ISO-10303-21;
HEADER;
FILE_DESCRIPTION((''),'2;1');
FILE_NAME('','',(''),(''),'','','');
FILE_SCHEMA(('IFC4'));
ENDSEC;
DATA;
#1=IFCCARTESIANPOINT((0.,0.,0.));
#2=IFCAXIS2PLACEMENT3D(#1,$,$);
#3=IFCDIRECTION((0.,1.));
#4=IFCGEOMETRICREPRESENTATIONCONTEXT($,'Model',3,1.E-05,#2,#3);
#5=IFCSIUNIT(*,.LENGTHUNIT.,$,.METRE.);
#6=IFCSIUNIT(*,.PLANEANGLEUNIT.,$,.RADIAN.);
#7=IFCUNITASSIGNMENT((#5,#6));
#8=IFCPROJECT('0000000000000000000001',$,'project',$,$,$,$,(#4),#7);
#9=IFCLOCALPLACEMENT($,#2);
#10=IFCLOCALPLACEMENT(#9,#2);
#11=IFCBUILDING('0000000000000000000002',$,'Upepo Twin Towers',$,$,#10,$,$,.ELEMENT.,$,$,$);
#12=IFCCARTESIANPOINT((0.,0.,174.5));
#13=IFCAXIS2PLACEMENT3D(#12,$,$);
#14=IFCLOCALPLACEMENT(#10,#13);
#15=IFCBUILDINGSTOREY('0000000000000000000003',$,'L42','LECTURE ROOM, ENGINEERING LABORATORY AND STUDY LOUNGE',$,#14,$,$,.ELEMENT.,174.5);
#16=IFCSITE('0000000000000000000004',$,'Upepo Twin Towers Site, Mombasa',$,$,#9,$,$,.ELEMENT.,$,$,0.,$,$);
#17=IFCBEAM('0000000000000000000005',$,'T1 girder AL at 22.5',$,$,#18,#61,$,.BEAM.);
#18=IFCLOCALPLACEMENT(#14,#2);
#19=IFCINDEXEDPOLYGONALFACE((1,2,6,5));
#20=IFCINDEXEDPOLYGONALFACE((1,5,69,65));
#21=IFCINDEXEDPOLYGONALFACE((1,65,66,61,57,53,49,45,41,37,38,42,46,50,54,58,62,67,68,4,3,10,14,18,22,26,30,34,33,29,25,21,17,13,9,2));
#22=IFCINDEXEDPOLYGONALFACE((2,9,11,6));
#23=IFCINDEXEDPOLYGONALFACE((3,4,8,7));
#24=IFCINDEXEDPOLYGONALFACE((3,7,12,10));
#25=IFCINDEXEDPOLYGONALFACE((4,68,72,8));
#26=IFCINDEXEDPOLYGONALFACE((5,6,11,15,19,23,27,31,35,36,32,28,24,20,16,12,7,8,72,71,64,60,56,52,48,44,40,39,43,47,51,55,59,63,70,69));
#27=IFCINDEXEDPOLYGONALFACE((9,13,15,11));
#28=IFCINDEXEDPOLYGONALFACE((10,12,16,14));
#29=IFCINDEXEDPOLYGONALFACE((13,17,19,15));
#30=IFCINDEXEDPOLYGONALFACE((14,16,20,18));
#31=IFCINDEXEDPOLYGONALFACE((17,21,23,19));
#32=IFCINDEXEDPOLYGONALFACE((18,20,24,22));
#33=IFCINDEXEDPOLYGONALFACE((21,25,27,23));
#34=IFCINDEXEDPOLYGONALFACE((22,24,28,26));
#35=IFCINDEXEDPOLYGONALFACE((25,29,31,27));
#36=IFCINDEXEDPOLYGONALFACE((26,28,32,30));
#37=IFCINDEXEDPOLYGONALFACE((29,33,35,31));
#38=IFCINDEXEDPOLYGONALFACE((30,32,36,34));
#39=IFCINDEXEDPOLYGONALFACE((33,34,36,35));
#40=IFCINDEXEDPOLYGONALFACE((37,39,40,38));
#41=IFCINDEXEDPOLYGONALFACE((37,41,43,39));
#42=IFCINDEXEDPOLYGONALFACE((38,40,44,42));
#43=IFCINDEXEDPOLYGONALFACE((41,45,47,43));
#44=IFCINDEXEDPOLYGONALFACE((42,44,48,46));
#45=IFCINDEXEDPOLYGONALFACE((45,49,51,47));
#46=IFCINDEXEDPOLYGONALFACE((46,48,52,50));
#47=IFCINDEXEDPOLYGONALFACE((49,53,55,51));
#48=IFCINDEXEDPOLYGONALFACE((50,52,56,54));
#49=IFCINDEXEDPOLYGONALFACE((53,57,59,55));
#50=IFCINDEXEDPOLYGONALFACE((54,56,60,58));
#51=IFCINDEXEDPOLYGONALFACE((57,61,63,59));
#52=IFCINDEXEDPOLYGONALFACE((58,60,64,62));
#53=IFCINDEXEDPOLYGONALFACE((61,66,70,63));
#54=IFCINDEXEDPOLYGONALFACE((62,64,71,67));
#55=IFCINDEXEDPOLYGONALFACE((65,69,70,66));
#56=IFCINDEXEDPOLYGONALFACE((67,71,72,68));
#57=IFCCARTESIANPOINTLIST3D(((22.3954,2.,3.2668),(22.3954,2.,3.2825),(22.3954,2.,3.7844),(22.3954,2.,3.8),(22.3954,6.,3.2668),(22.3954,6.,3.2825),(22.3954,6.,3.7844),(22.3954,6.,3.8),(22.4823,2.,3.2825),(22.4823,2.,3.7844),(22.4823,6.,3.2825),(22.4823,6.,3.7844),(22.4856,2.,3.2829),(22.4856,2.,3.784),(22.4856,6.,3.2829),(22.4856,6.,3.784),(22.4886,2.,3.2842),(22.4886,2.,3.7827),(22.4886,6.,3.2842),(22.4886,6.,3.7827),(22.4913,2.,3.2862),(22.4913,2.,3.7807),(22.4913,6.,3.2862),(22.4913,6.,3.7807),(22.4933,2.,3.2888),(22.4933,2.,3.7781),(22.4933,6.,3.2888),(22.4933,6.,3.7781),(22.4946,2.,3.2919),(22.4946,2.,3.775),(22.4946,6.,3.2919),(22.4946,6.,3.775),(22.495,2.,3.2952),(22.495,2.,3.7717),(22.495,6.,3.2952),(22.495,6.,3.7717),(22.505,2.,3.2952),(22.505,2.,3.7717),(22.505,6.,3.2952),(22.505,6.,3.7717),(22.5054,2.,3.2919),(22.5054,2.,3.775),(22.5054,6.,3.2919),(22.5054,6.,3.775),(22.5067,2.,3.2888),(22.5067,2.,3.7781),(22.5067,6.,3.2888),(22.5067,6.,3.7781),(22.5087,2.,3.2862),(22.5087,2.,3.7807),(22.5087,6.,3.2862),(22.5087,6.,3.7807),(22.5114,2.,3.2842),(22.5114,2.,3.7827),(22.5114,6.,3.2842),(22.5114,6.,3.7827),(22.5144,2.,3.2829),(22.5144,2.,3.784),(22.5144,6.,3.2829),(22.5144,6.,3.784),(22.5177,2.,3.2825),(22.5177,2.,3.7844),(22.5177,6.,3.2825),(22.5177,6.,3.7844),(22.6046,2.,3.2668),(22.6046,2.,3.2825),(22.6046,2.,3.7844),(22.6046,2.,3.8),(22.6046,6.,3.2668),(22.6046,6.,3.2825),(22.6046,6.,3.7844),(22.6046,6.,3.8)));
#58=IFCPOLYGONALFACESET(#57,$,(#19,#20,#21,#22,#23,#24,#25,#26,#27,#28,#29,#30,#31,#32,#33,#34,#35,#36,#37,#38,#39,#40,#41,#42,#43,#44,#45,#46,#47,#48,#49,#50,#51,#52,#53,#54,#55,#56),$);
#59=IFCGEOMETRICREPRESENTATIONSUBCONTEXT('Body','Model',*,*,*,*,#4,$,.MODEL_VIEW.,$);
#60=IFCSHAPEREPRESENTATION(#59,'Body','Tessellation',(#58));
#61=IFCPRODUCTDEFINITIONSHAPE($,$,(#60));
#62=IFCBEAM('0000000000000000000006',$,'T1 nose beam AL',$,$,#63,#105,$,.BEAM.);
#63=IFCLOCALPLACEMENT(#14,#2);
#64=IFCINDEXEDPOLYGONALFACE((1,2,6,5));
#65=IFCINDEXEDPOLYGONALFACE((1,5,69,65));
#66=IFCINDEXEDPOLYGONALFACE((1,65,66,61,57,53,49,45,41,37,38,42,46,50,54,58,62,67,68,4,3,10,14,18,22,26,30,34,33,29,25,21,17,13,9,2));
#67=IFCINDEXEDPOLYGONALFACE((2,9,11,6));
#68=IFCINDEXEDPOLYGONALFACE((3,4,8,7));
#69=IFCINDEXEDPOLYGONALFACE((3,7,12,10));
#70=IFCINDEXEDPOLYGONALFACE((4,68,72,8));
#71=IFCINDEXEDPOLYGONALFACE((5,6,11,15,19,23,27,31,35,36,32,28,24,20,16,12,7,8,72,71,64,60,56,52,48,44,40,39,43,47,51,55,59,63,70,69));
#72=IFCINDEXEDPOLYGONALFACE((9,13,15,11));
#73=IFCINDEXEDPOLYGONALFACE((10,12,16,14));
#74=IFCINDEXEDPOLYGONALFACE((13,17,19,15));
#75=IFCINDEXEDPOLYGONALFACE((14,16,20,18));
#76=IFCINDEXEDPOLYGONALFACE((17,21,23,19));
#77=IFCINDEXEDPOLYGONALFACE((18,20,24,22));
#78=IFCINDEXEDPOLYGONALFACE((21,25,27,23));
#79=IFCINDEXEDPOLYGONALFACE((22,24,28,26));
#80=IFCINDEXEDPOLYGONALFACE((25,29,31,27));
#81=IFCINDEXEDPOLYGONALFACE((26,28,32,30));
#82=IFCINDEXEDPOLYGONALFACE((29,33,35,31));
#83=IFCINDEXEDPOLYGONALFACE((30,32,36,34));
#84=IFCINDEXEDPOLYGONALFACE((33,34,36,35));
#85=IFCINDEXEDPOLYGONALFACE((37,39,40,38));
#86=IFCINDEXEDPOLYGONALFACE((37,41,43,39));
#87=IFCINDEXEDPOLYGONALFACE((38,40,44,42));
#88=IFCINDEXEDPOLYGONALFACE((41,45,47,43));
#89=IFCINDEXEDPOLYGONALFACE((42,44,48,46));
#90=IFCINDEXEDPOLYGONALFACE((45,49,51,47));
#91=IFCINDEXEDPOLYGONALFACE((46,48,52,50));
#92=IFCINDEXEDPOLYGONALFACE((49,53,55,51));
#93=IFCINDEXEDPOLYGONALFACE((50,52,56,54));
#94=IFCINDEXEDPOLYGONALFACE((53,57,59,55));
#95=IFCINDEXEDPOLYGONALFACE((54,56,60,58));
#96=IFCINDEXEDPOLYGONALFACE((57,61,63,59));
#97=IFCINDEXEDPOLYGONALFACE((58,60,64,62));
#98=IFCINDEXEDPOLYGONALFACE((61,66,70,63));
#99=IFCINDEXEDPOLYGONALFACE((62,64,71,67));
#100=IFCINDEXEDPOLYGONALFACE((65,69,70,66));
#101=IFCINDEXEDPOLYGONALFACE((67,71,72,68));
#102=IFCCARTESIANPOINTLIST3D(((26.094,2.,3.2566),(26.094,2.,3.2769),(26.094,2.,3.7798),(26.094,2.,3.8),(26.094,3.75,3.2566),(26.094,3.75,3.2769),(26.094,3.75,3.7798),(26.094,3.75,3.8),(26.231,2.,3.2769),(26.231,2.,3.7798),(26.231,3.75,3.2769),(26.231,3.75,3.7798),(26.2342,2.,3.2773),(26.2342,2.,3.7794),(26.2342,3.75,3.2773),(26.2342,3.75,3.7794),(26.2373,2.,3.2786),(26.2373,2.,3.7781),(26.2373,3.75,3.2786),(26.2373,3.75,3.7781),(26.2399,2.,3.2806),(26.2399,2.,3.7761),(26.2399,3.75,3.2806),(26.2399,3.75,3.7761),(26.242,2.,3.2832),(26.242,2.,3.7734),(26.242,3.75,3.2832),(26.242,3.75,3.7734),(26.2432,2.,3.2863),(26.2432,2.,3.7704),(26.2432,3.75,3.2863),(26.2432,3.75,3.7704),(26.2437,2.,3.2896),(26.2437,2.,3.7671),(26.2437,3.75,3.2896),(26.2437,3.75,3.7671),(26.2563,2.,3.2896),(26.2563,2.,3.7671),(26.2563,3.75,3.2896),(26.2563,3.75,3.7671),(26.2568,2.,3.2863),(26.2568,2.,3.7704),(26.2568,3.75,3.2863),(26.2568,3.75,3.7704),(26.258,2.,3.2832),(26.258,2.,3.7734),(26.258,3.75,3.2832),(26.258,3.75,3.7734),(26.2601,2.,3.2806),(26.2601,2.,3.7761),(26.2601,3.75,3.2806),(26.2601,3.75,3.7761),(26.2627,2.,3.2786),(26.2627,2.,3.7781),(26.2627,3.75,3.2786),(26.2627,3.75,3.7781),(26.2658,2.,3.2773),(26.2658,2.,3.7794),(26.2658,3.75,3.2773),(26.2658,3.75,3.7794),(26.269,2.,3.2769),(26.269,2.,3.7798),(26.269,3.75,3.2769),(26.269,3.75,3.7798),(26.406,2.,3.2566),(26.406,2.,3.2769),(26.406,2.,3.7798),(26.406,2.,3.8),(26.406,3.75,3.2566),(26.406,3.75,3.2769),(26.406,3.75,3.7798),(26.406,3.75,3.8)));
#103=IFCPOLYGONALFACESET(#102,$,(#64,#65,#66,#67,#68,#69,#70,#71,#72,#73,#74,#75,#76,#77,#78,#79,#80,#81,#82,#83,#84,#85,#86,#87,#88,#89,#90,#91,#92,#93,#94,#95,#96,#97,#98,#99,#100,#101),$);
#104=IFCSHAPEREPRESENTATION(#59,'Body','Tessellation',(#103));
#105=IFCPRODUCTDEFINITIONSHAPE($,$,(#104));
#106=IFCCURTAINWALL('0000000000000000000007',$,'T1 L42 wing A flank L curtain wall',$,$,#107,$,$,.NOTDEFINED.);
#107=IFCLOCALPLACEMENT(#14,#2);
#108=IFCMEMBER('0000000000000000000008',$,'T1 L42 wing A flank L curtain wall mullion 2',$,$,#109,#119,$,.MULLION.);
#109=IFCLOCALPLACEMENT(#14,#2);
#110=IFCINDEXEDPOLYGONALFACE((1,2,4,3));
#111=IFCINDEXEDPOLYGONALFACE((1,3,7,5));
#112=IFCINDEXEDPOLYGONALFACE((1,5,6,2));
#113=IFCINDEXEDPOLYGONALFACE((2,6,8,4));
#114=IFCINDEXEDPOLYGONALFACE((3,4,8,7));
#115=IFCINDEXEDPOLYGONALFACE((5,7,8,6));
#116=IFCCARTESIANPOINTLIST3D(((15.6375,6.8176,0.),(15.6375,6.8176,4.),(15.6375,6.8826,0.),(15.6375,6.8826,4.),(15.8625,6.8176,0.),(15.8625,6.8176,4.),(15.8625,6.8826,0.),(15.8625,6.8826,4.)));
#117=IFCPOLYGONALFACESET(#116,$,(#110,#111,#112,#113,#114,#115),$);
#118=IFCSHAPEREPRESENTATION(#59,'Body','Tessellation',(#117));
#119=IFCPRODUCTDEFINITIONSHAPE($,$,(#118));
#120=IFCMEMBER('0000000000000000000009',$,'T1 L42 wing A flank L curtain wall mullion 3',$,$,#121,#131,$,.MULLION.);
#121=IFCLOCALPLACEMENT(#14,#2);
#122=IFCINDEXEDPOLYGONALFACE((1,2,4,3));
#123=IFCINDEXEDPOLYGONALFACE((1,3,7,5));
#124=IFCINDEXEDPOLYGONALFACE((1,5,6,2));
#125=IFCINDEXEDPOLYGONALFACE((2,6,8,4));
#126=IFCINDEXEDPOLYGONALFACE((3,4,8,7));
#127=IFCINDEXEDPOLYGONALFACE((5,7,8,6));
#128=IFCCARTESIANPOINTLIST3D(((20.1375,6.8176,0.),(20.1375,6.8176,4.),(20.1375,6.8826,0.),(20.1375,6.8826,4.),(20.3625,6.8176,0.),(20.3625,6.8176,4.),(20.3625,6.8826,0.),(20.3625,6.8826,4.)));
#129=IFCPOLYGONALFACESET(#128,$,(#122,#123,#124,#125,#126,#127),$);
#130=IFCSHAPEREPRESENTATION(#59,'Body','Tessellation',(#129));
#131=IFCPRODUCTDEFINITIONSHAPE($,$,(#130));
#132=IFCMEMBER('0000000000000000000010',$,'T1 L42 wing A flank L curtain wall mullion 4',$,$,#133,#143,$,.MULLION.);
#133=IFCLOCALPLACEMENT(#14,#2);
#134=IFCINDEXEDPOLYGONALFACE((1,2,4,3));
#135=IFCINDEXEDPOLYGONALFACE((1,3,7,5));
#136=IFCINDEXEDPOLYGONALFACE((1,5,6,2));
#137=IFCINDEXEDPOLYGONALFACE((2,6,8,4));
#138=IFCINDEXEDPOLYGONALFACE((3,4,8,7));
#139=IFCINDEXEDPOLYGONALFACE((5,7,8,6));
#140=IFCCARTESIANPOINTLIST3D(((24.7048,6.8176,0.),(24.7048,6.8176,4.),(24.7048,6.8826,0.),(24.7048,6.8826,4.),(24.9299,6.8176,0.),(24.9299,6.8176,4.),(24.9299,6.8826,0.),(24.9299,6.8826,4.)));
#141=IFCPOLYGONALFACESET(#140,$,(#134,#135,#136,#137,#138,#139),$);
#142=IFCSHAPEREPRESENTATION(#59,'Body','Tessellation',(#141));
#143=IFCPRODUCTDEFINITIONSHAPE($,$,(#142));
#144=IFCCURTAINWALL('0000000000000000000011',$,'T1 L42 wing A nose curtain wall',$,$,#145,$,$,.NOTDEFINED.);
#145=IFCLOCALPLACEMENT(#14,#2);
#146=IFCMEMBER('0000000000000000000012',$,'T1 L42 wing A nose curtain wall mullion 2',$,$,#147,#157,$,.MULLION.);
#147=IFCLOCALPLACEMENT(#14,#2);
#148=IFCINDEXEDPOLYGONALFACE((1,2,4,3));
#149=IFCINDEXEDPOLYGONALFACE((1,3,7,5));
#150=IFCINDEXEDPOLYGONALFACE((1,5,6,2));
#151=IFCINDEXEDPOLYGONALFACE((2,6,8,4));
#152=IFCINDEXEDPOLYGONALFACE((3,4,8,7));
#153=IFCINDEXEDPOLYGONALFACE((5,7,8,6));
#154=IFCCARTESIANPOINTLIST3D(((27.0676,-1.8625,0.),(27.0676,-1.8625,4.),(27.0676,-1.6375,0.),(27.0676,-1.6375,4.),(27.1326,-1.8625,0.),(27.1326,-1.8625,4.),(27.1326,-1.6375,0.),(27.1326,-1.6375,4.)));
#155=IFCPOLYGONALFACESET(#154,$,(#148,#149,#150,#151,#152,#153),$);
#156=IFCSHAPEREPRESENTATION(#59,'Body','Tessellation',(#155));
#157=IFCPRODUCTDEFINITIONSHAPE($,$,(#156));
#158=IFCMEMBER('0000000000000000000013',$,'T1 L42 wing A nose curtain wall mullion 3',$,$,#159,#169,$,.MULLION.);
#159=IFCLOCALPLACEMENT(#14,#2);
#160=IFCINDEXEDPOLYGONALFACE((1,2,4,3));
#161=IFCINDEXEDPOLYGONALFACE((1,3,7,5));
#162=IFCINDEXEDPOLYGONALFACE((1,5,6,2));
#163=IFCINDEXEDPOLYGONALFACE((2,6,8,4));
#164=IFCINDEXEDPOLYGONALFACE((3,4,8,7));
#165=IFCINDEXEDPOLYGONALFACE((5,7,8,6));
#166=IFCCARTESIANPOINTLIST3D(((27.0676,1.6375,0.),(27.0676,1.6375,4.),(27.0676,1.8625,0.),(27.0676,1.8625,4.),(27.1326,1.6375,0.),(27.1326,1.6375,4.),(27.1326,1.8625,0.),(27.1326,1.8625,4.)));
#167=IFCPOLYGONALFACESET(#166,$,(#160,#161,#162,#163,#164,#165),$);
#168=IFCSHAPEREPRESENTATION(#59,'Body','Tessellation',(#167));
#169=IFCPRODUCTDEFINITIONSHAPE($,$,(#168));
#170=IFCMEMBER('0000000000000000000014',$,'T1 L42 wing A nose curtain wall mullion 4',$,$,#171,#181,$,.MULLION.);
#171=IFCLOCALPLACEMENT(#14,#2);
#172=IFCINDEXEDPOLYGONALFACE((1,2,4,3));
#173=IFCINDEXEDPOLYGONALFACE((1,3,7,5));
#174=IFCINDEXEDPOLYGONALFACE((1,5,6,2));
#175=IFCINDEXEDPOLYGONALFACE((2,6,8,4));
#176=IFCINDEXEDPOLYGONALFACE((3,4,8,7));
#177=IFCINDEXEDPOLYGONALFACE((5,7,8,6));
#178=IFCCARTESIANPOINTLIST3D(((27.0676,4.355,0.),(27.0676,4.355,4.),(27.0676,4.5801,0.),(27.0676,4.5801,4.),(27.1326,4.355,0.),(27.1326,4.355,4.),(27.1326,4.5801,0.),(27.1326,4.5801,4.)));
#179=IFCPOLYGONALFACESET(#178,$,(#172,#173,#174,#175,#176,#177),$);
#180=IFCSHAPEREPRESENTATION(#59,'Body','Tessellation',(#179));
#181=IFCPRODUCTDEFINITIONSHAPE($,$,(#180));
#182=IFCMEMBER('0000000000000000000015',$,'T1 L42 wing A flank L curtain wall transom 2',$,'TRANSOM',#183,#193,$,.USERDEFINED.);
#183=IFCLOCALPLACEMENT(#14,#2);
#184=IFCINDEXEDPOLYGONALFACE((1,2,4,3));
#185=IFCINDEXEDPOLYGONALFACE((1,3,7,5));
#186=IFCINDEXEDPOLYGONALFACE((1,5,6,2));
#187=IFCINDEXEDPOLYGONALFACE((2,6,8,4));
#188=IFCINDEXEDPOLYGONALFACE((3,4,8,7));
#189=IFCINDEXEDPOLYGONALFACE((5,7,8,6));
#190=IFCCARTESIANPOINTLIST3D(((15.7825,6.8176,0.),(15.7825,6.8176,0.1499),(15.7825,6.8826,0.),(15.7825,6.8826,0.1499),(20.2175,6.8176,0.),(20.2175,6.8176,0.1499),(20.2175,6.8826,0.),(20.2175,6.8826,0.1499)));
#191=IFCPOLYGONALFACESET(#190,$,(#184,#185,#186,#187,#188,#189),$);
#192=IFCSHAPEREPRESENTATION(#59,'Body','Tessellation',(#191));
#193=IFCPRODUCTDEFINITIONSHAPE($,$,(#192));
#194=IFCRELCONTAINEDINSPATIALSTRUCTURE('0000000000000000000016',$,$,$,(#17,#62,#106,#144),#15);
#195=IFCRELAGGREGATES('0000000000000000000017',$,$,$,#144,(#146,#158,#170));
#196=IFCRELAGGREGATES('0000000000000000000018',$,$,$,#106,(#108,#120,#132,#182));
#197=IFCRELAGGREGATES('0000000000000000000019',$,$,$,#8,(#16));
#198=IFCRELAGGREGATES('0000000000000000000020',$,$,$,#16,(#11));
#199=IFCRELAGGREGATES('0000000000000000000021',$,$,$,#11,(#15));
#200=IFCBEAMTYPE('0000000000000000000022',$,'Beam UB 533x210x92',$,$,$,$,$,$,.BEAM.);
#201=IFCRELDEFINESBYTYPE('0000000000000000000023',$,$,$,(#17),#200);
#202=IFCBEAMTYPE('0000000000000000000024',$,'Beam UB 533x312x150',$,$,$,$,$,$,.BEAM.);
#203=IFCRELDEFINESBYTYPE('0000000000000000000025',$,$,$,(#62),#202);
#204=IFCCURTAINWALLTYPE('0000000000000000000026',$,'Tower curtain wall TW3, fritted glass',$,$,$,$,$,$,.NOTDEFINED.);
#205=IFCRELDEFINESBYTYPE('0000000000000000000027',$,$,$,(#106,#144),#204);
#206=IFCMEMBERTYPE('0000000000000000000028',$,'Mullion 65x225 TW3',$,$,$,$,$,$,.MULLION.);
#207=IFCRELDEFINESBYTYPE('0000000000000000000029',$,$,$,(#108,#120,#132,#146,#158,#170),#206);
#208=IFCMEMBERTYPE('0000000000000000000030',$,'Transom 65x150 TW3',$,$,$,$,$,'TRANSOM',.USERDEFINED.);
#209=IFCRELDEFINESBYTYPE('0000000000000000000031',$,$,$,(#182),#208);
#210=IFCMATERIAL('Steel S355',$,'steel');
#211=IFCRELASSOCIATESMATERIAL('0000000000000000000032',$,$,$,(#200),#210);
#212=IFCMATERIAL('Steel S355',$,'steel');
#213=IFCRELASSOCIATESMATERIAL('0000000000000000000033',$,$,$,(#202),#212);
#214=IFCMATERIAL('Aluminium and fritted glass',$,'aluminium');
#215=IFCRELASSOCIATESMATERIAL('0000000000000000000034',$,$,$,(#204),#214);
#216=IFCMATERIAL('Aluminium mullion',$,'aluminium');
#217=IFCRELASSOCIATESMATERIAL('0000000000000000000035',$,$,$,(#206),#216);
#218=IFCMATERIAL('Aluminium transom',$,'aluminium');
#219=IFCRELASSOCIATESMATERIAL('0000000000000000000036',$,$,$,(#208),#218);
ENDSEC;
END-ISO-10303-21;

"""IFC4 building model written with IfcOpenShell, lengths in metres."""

from ifc_helpers import new_model, si_unit, direction, frame, origin, origin_2d, place, context, subcontext, project, spatial, rectangle, i_section, extrude, material, material_profile, profile_set, type_object, element, aggregate, save


model = new_model("IFC4")

# Units and contexts
model_context = context("Model", 3, precision=1e-05, world=origin(), true_north=direction((0.0, 1.0)))
body_context = subcontext(model_context, "Body", "Model", "MODEL_VIEW")
ifc_project = project(units=[si_unit("LENGTHUNIT", "METRE"), si_unit("PLANEANGLEUNIT", "RADIAN")], contexts=[model_context])

# Site, building, storey
site_placement = place(None, origin())
site = spatial("IfcSite", under=ifc_project, at=site_placement, Name="Upepo Twin Towers Site, Mombasa", CompositionType="ELEMENT", RefElevation=0.0)
building_placement = place(site_placement, origin())
building = spatial("IfcBuilding", under=site, at=building_placement, Name="Upepo Twin Towers", CompositionType="ELEMENT")
storey_placement = place(building_placement, frame((0.0, 0.0, 174.5)))
storey = spatial("IfcBuildingStorey", under=building, at=storey_placement, Name="L42", Description="LECTURE ROOM, ENGINEERING LABORATORY AND STUDY LOUNGE", CompositionType="ELEMENT", Elevation=174.5)

# Beams
ifc_material_1 = material(Name="Steel S355", Category="steel")
ifc_material_profile_1 = material_profile(ifc_material_1, i_section(OverallWidth=0.2092, OverallDepth=0.5332, WebThickness=0.01, FlangeThickness=0.0156, FilletRadius=0.0127, at=origin_2d()), Name="UB 533x210x92")
ifc_profile_set_1 = profile_set([ifc_material_profile_1], Name="Steel S355")
beam_type_1 = type_object("IfcBeamType", Name="Beam UB 533x210x92", PredefinedType="BEAM", material=ifc_profile_set_1)
for number, where, z_axis, x_axis, name in (
    (1, (22.5, 6.0, 3.5334), (0.0, -1.0, 0.0), (1.0, 0.0, 0.0), "T1 girder AL at 22.5"),
):
    element("IfcBeam", number, at=place(storey_placement, frame(where, z_axis=z_axis, x_axis=x_axis)), inside=storey, type_object=beam_type_1, Name=name, PredefinedType="BEAM", context=body_context, shape_type="SweptSolid", body=[
        extrude(i_section(OverallWidth=0.2092, OverallDepth=0.5332, WebThickness=0.01, FlangeThickness=0.0156, FilletRadius=0.0127, at=origin_2d()), origin(), (0.0, 0.0, 1.0), 4.0),
    ])
ifc_material_2 = material(Name="Steel S355", Category="steel")
ifc_material_profile_2 = material_profile(ifc_material_2, i_section(OverallWidth=0.312, OverallDepth=0.5435, WebThickness=0.0127, FlangeThickness=0.0203, FilletRadius=0.0127, at=origin_2d()), Name="UB 533x312x150")
ifc_profile_set_2 = profile_set([ifc_material_profile_2], Name="Steel S355")
beam_type_2 = type_object("IfcBeamType", Name="Beam UB 533x312x150", PredefinedType="BEAM", material=ifc_profile_set_2)
beam_1_placement = place(storey_placement, frame((26.25, 3.75, 3.5283), z_axis=(0.0, -1.0, 0.0), x_axis=(1.0, 0.0, 0.0)))
element("IfcBeam", 2, at=beam_1_placement, inside=storey, type_object=beam_type_2, Name="T1 nose beam AL", PredefinedType="BEAM", context=body_context, shape_type="SweptSolid", body=[
    extrude(i_section(OverallWidth=0.312, OverallDepth=0.5435, WebThickness=0.0127, FlangeThickness=0.0203, FilletRadius=0.0127, at=origin_2d()), origin(), (0.0, 0.0, 1.0), 1.75),
])

# Curtain walls, members
ifc_material_3 = material(Name="Aluminium and fritted glass", Category="aluminium")
curtain_wall_type = type_object("IfcCurtainWallType", Name="Tower curtain wall TW3, fritted glass", PredefinedType="NOTDEFINED", material=ifc_material_3)
curtain_wall_1_placement = place(storey_placement, origin())
curtain_wall_1 = element("IfcCurtainWall", 3, at=curtain_wall_1_placement, inside=storey, type_object=curtain_wall_type, Name="T1 L42 wing A flank L curtain wall", PredefinedType="NOTDEFINED")
ifc_material_4 = material(Name="Aluminium mullion", Category="aluminium")
ifc_material_profile_3 = material_profile(ifc_material_4, rectangle(XDim=0.0649, YDim=0.2251, at=origin_2d()), Name="MULLION 65x225")
ifc_profile_set_3 = profile_set([ifc_material_profile_3], Name="Aluminium mullion")
member_type_1 = type_object("IfcMemberType", Name="Mullion 65x225 TW3", PredefinedType="MULLION", material=ifc_profile_set_3)
member_1_placement = place(storey_placement, frame((15.75, 6.8501, 0.0), z_axis=(0.0, 0.0, 1.0), x_axis=(0.0, 1.0, 0.0)))
member_1 = element("IfcMember", 4, at=member_1_placement, type_object=member_type_1, Name="T1 L42 wing A flank L curtain wall mullion 2", PredefinedType="MULLION", context=body_context, shape_type="SweptSolid", body=[
    extrude(rectangle(XDim=0.0649, YDim=0.2251, at=origin_2d()), origin(), (0.0, 0.0, 1.0), 4.0),
])
member_2_placement = place(storey_placement, frame((20.25, 6.8501, 0.0), z_axis=(0.0, 0.0, 1.0), x_axis=(0.0, 1.0, 0.0)))
member_2 = element("IfcMember", 5, at=member_2_placement, type_object=member_type_1, Name="T1 L42 wing A flank L curtain wall mullion 3", PredefinedType="MULLION", context=body_context, shape_type="SweptSolid", body=[
    extrude(rectangle(XDim=0.0649, YDim=0.2251, at=origin_2d()), origin(), (0.0, 0.0, 1.0), 4.0),
])
member_3_placement = place(storey_placement, frame((24.8174, 6.8501, 0.0), z_axis=(0.0, 0.0, 1.0), x_axis=(0.0, 1.0, 0.0)))
member_3 = element("IfcMember", 6, at=member_3_placement, type_object=member_type_1, Name="T1 L42 wing A flank L curtain wall mullion 4", PredefinedType="MULLION", context=body_context, shape_type="SweptSolid", body=[
    extrude(rectangle(XDim=0.0649, YDim=0.2251, at=origin_2d()), origin(), (0.0, 0.0, 1.0), 4.0),
])
curtain_wall_2_placement = place(storey_placement, origin())
curtain_wall_2 = element("IfcCurtainWall", 7, at=curtain_wall_2_placement, inside=storey, type_object=curtain_wall_type, Name="T1 L42 wing A nose curtain wall", PredefinedType="NOTDEFINED")
member_4_placement = place(storey_placement, frame((27.1001, -1.75, 0.0), z_axis=(0.0, 0.0, 1.0), x_axis=(-1.0, 0.0, 0.0)))
member_4 = element("IfcMember", 8, at=member_4_placement, type_object=member_type_1, Name="T1 L42 wing A nose curtain wall mullion 2", PredefinedType="MULLION", context=body_context, shape_type="SweptSolid", body=[
    extrude(rectangle(XDim=0.0649, YDim=0.2251, at=origin_2d()), origin(), (0.0, 0.0, 1.0), 4.0),
])
member_5_placement = place(storey_placement, frame((27.1001, 1.75, 0.0), z_axis=(0.0, 0.0, 1.0), x_axis=(-1.0, 0.0, 0.0)))
member_5 = element("IfcMember", 9, at=member_5_placement, type_object=member_type_1, Name="T1 L42 wing A nose curtain wall mullion 3", PredefinedType="MULLION", context=body_context, shape_type="SweptSolid", body=[
    extrude(rectangle(XDim=0.0649, YDim=0.2251, at=origin_2d()), origin(), (0.0, 0.0, 1.0), 4.0),
])
member_6_placement = place(storey_placement, frame((27.1001, 4.4675, 0.0), z_axis=(0.0, 0.0, 1.0), x_axis=(-1.0, 0.0, 0.0)))
member_6 = element("IfcMember", 10, at=member_6_placement, type_object=member_type_1, Name="T1 L42 wing A nose curtain wall mullion 4", PredefinedType="MULLION", context=body_context, shape_type="SweptSolid", body=[
    extrude(rectangle(XDim=0.0649, YDim=0.2251, at=origin_2d()), origin(), (0.0, 0.0, 1.0), 4.0),
])
aggregate(curtain_wall_2, [member_4, member_5, member_6])

# Member
ifc_material_5 = material(Name="Aluminium transom", Category="aluminium")
ifc_material_profile_4 = material_profile(ifc_material_5, rectangle(XDim=0.0649, YDim=0.1499, at=origin_2d()), Name="TRANSOM 65x150")
ifc_profile_set_4 = profile_set([ifc_material_profile_4], Name="Aluminium transom")
member_type_2 = type_object("IfcMemberType", Name="Transom 65x150 TW3", ElementType="TRANSOM", PredefinedType="USERDEFINED", material=ifc_profile_set_4)
member_7_placement = place(storey_placement, frame((15.7825, 6.8501, 0.075), z_axis=(1.0, 0.0, 0.0), x_axis=(0.0, 1.0, 0.0)))
member_7 = element("IfcMember", 11, at=member_7_placement, type_object=member_type_2, Name="T1 L42 wing A flank L curtain wall transom 2", ObjectType="TRANSOM", PredefinedType="USERDEFINED", context=body_context, shape_type="SweptSolid", body=[
    extrude(rectangle(XDim=0.0649, YDim=0.1499, at=origin_2d()), origin(), (0.0, 0.0, 1.0), 4.4351),
])

aggregate(curtain_wall_1, [member_1, member_2, member_3, member_7])

save(model, "model.ifc")
